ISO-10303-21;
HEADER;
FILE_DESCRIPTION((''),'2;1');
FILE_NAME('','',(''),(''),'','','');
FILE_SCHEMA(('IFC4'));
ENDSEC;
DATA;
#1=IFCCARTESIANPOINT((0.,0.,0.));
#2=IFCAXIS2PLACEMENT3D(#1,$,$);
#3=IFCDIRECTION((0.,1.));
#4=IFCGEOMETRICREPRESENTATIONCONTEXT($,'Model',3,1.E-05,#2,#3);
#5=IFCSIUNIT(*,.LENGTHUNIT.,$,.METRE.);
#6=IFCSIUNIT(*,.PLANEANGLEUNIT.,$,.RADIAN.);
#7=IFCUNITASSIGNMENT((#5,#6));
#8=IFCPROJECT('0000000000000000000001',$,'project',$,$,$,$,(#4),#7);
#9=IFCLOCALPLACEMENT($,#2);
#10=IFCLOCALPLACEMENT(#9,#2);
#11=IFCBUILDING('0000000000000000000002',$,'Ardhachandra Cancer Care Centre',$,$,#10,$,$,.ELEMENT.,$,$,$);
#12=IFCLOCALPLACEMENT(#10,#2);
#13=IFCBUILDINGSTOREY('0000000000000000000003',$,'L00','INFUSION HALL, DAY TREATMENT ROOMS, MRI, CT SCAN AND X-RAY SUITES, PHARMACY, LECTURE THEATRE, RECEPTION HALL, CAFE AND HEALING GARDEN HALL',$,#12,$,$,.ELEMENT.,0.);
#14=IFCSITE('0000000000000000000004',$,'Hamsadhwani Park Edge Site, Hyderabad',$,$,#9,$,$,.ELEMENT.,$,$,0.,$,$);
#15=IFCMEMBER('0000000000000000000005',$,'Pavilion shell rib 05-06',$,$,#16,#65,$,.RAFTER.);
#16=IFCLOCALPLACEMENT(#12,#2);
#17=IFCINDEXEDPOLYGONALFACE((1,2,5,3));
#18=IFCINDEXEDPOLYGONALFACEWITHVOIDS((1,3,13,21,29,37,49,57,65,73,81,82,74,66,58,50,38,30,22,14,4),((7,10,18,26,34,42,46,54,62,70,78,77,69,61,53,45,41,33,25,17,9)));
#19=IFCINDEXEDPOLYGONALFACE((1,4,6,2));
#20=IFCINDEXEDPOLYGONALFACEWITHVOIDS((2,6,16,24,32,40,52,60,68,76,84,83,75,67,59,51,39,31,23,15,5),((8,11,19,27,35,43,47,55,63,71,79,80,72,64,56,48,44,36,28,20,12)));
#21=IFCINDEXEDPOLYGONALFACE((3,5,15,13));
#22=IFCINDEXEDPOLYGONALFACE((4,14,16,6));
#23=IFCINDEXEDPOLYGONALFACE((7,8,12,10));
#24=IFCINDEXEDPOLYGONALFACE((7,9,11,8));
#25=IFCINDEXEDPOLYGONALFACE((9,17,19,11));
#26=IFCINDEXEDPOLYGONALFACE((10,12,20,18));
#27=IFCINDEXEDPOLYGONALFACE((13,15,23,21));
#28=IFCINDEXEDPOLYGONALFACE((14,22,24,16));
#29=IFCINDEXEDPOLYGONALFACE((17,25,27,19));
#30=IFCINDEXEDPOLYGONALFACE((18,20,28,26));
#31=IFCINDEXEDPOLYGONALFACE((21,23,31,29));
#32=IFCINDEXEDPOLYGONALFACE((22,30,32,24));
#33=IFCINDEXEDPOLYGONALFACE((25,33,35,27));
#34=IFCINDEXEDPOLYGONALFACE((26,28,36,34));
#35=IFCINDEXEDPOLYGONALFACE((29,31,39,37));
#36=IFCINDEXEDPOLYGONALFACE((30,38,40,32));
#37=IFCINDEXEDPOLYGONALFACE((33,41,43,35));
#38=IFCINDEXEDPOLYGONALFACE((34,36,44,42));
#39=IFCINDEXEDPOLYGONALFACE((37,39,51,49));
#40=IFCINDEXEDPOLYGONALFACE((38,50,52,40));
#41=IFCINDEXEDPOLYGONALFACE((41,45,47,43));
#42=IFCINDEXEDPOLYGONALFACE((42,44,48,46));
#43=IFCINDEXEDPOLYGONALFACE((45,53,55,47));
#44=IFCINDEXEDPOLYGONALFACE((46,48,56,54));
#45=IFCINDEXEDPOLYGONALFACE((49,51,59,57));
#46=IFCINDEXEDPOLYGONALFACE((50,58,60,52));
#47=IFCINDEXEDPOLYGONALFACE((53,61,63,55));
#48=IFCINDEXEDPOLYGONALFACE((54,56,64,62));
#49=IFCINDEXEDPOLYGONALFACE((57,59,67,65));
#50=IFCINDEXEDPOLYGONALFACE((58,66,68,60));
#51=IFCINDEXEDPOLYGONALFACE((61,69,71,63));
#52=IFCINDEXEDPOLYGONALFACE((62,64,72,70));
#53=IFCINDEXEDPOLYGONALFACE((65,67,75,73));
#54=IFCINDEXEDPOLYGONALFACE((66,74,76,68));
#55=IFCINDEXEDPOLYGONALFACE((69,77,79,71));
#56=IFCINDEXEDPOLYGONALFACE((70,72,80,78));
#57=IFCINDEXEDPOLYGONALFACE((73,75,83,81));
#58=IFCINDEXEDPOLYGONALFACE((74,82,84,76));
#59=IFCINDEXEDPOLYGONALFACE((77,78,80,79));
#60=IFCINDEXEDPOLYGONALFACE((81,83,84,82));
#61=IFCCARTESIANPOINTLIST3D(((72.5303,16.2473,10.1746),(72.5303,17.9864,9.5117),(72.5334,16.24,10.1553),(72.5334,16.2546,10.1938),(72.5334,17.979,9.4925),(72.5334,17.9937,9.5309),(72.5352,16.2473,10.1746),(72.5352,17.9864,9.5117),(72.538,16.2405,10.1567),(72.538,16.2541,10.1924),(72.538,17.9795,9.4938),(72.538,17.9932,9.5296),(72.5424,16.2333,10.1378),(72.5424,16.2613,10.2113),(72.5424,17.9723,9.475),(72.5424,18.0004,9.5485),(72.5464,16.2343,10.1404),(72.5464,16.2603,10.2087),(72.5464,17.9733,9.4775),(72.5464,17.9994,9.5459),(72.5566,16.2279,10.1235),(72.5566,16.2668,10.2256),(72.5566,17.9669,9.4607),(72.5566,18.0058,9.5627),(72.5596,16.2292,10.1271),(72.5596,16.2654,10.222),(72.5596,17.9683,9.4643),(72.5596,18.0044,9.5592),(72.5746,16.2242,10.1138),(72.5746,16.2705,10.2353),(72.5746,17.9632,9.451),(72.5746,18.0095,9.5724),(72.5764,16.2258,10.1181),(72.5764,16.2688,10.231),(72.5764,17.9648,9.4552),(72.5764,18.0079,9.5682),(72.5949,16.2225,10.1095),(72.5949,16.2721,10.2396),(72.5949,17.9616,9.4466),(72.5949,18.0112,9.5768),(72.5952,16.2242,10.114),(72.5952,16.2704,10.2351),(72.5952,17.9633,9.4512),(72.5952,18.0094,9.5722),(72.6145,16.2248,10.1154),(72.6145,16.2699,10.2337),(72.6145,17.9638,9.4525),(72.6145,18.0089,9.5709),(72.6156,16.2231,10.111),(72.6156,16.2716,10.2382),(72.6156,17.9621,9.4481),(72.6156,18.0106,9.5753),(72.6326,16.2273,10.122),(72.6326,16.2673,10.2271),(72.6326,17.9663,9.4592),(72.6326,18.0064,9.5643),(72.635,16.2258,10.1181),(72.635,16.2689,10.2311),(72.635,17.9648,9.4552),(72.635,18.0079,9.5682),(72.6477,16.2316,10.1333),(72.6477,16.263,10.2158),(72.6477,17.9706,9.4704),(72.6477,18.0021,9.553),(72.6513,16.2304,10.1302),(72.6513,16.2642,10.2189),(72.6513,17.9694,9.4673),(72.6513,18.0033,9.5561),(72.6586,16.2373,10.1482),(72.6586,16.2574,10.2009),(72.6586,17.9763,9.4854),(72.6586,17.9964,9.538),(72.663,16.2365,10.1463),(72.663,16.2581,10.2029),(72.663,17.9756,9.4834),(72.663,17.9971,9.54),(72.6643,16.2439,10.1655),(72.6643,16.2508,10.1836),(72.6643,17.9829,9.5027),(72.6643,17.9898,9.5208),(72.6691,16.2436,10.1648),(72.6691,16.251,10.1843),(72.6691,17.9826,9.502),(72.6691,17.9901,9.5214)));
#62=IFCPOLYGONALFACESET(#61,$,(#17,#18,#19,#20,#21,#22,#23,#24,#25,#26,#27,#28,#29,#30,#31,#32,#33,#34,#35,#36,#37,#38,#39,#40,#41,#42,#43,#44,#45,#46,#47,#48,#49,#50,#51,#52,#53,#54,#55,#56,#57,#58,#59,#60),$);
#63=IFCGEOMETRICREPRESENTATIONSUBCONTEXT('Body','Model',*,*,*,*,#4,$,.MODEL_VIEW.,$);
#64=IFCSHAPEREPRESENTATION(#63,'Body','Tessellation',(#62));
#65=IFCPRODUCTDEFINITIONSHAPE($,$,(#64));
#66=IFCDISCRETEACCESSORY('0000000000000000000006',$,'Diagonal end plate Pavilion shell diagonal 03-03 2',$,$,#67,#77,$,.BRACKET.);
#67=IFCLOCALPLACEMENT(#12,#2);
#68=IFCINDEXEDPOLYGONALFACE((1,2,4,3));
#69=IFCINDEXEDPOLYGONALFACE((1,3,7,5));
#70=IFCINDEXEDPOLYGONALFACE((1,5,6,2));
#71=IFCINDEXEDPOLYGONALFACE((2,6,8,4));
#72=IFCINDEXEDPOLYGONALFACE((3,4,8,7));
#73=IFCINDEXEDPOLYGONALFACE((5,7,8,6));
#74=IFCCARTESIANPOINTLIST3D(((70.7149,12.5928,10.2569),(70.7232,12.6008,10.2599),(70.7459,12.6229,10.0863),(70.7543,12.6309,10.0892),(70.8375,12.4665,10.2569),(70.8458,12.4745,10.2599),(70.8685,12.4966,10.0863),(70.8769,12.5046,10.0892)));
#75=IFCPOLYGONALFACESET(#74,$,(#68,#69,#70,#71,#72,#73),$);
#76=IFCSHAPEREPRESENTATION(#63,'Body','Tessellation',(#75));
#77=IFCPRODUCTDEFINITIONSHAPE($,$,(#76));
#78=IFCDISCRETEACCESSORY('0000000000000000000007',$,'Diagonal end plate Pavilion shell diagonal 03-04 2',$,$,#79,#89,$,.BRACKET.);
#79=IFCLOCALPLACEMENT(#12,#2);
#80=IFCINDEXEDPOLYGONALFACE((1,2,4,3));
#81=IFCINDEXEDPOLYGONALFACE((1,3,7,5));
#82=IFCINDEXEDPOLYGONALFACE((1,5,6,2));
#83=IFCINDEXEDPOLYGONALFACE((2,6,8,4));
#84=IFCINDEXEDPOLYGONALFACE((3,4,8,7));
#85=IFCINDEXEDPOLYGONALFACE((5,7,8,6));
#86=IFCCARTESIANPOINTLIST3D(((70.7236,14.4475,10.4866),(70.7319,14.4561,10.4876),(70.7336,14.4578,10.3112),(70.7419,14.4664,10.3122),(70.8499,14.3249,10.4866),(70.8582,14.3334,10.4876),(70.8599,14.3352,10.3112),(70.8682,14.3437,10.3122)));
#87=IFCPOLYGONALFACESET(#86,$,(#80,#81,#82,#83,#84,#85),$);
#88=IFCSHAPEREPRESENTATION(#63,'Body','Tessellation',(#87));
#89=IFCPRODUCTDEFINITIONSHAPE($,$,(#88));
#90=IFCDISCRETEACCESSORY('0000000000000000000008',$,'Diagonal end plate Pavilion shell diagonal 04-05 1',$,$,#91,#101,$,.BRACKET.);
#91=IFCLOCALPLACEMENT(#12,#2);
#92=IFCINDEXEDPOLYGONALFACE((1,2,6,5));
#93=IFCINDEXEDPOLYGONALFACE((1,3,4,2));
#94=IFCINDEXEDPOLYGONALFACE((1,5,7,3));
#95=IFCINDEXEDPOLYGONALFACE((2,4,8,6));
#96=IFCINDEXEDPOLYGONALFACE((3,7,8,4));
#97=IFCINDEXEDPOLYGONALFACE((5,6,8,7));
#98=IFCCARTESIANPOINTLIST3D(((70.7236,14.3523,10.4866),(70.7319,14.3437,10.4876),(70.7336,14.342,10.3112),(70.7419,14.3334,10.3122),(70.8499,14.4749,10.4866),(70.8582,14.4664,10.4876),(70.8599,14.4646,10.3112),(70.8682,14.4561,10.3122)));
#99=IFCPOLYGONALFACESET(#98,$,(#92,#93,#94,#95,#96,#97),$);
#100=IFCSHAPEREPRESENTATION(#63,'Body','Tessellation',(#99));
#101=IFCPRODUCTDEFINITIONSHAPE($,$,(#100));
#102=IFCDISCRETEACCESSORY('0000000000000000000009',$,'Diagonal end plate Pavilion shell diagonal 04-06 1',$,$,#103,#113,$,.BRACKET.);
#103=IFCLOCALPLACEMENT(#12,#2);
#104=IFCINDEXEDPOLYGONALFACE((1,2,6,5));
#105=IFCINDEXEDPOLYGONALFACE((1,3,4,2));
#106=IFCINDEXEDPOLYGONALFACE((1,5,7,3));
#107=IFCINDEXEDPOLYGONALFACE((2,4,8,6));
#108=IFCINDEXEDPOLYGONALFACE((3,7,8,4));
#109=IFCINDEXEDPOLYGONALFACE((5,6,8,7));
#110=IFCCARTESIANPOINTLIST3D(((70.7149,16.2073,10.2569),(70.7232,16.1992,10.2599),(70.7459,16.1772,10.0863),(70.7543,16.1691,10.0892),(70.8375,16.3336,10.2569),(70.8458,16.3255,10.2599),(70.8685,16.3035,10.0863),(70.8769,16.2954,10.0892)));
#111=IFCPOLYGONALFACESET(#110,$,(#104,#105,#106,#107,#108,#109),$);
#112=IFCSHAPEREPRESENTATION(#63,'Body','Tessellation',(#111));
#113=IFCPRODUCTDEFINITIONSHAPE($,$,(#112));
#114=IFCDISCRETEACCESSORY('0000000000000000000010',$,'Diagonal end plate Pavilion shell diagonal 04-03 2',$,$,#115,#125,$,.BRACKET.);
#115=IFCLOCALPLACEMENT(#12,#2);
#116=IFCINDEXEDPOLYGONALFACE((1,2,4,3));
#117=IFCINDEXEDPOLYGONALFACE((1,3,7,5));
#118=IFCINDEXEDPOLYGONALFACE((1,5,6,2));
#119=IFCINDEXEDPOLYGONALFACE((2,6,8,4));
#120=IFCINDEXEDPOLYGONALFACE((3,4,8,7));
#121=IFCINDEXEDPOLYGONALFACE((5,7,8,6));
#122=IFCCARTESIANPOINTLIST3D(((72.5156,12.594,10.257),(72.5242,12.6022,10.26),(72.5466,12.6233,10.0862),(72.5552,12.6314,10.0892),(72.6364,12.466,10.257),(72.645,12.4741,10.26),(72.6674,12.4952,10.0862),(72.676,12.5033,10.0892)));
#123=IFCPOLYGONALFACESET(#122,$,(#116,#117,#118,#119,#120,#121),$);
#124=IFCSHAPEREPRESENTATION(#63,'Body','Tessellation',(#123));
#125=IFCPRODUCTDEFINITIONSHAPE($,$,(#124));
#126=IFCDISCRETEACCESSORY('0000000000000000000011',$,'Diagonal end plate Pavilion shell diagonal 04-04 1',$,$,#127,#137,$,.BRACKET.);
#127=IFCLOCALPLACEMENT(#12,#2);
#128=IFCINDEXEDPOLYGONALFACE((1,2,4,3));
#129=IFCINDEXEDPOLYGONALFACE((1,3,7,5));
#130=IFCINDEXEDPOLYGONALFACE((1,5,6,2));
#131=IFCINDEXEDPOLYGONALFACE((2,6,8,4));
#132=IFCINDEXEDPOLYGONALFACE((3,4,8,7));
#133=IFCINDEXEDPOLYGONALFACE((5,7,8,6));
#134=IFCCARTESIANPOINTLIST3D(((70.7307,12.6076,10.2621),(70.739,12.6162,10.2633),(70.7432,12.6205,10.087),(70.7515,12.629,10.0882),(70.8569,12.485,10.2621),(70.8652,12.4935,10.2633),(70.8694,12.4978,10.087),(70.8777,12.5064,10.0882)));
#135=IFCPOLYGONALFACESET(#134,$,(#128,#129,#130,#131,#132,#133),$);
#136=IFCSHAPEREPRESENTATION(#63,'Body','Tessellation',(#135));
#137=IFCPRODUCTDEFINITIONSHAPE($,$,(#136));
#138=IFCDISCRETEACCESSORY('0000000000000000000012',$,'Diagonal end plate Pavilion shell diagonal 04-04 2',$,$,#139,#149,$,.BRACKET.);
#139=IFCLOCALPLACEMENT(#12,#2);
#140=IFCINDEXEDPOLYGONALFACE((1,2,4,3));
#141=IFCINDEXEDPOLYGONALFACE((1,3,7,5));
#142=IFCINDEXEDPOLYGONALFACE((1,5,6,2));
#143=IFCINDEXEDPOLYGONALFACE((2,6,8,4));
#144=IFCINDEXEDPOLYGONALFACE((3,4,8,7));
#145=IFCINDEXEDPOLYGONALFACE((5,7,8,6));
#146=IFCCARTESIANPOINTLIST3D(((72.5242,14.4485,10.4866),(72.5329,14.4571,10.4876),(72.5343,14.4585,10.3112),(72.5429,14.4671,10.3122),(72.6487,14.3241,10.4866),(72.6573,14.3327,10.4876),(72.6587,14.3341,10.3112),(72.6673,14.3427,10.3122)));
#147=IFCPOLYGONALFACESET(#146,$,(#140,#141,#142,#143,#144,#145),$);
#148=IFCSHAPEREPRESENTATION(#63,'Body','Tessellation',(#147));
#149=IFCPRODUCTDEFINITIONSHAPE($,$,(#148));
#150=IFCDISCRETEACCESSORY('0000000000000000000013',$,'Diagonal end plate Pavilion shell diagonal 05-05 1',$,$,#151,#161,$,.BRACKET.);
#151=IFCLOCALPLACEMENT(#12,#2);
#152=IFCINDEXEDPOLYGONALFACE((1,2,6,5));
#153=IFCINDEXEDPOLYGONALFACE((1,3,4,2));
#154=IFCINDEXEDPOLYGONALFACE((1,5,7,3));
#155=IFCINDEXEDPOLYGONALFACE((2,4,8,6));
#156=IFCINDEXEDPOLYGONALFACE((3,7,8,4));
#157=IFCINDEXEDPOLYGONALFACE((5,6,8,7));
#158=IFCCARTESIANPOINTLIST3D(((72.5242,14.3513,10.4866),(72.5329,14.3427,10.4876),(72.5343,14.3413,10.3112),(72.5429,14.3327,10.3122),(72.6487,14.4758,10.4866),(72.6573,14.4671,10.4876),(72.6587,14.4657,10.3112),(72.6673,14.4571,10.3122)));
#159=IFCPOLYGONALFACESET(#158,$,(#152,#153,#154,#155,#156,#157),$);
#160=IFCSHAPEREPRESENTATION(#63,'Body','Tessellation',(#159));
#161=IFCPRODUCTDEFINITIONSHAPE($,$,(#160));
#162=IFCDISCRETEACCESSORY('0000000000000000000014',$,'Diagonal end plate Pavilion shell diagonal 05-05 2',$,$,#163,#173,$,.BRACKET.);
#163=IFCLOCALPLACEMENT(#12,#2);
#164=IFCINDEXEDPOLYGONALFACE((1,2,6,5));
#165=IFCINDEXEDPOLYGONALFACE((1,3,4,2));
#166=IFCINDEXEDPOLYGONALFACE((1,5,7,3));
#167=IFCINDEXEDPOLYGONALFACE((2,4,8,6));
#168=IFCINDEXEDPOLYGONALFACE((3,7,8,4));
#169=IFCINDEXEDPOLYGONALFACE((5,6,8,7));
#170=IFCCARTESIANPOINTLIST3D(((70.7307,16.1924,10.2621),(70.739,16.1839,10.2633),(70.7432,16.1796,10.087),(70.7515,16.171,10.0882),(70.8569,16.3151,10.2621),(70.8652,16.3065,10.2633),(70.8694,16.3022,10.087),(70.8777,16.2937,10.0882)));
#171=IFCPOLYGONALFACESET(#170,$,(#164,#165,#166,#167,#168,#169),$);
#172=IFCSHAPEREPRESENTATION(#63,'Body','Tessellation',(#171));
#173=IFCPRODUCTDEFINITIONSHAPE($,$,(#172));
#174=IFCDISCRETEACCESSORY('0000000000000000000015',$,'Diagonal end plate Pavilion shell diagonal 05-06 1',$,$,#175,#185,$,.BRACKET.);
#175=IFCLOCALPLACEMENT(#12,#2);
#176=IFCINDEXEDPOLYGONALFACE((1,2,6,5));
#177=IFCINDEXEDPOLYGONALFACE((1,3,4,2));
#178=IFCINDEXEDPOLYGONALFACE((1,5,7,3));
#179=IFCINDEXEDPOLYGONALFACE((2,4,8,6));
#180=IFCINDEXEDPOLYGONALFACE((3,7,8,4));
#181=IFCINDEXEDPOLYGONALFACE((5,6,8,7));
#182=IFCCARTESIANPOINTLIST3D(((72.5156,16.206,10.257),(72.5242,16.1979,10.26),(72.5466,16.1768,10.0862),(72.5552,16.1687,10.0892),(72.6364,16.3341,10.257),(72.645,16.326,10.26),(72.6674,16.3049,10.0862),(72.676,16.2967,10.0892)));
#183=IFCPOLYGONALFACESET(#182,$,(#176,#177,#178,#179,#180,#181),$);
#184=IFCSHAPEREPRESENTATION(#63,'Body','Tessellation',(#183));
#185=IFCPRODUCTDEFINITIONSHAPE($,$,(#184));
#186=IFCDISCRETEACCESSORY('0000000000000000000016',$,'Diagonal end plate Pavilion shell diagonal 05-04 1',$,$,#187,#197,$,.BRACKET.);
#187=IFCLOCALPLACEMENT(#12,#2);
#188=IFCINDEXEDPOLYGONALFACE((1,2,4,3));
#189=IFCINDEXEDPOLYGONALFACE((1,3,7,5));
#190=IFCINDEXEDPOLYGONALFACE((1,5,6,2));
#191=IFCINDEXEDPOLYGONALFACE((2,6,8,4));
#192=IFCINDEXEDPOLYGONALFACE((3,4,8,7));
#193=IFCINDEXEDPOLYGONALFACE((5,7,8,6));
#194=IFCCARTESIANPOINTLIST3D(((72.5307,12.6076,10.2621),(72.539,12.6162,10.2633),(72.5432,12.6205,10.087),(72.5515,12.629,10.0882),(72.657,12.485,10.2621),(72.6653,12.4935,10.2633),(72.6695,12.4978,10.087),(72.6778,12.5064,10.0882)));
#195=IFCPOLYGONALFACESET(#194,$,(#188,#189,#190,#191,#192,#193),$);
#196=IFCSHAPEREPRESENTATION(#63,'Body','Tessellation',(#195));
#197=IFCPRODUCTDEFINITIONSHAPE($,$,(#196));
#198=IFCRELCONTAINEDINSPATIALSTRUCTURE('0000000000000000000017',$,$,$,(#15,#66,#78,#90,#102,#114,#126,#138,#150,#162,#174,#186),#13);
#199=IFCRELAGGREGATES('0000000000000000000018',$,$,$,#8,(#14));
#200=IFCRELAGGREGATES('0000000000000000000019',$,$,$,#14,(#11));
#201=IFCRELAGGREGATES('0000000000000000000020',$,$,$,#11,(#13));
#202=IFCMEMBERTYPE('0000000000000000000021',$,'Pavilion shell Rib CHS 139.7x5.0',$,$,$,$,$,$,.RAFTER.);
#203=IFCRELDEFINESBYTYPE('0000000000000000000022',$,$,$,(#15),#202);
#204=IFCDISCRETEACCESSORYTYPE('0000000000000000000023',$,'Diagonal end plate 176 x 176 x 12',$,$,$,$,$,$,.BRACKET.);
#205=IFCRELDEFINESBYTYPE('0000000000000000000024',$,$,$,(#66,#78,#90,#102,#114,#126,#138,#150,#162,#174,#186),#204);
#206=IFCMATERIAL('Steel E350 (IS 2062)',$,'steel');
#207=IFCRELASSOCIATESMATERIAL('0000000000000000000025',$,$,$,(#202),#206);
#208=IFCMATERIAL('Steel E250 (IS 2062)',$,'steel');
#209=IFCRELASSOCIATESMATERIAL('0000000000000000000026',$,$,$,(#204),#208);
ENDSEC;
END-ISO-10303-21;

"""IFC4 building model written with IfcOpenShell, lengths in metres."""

from ifc_helpers import new_model, si_unit, direction, frame, origin, origin_2d, place, context, subcontext, project, spatial, rectangle, hollow_circle, extrude, material, material_profile, profile_set, type_object, element, save


model = new_model("IFC4")

# Units and contexts
model_context = context("Model", 3, precision=1e-05, world=origin(), true_north=direction((0.0, 1.0)))
body_context = subcontext(model_context, "Body", "Model", "MODEL_VIEW")
ifc_project = project(units=[si_unit("LENGTHUNIT", "METRE"), si_unit("PLANEANGLEUNIT", "RADIAN")], contexts=[model_context])

# Site, building, storey
site_placement = place(None, origin())
site = spatial("IfcSite", under=ifc_project, at=site_placement, Name="Hamsadhwani Park Edge Site, Hyderabad", CompositionType="ELEMENT", RefElevation=0.0)
building_placement = place(site_placement, origin())
building = spatial("IfcBuilding", under=site, at=building_placement, Name="Ardhachandra Cancer Care Centre", CompositionType="ELEMENT")
storey_placement = place(building_placement, origin())
storey = spatial("IfcBuildingStorey", under=building, at=storey_placement, Name="L00", Description="INFUSION HALL, DAY TREATMENT ROOMS, MRI, CT SCAN AND X-RAY SUITES, PHARMACY, LECTURE THEATRE, RECEPTION HALL, CAFE AND HEALING GARDEN HALL", CompositionType="ELEMENT", Elevation=0.0)

# Member
ifc_material_1 = material(Name="Steel E350 (IS 2062)", Category="steel")
ifc_material_profile_1 = material_profile(ifc_material_1, hollow_circle(Radius=0.0698, WallThickness=0.0049, at=origin_2d()), Name="CHS 139.7x5.0")
ifc_profile_set_1 = profile_set([ifc_material_profile_1], Name="Steel E350 (IS 2062)")
member_type_1 = type_object("IfcMemberType", Name="Pavilion shell Rib CHS 139.7x5.0", PredefinedType="RAFTER", material=ifc_profile_set_1)
for number, where, z_axis, x_axis, name in (
    (1, (72.6001, 16.2473, 10.1746), (0.0, 0.934423, -0.356164), (-1.0, 0.0, 0.0), "Pavilion shell rib 05-06"),
):
    element("IfcMember", number, at=place(storey_placement, frame(where, z_axis=z_axis, x_axis=x_axis)), inside=storey, type_object=member_type_1, Name=name, PredefinedType="RAFTER", context=body_context, shape_type="SweptSolid", body=[
        extrude(hollow_circle(Radius=0.0698, WallThickness=0.0049, at=origin_2d()), origin(), (0.0, 0.0, 1.0), 1.8611),
    ])

# Discrete accessories
ifc_material_2 = material(Name="Steel E250 (IS 2062)", Category="steel")
ifc_material_profile_2 = material_profile(ifc_material_2, rectangle(XDim=0.176, YDim=0.176, at=origin_2d()), Name="PL 176x176x12")
ifc_profile_set_2 = profile_set([ifc_material_profile_2], Name="Steel E250 (IS 2062)")
discrete_accessory_type = type_object("IfcDiscreteAccessoryType", Name="Diagonal end plate 176 x 176 x 12", PredefinedType="BRACKET", material=ifc_profile_set_2)
for number, where, z_axis, x_axis, name in (
    (2, (70.8, 12.5527, 10.1746), (-0.695618, -0.675159, -0.245512), (0.696475, -0.717581, 0.0), "Diagonal end plate Pavilion shell diagonal 03-03 2"),
    (3, (70.8, 14.3999, 10.3999), (-0.694456, -0.714881, -0.081701), (0.717279, -0.696786, 0.0), "Diagonal end plate Pavilion shell diagonal 03-04 2"),
    (4, (70.8, 14.3999, 10.3999), (-0.694456, 0.714881, -0.081701), (-0.717279, -0.696786, 0.0), "Diagonal end plate Pavilion shell diagonal 04-05 1"),
    (5, (70.8, 16.2473, 10.1746), (-0.695618, 0.675159, -0.245512), (-0.696475, -0.717581, 0.0), "Diagonal end plate Pavilion shell diagonal 04-06 1"),
):
    element("IfcDiscreteAccessory", number, at=place(storey_placement, frame(where, z_axis=z_axis, x_axis=x_axis)), inside=storey, type_object=discrete_accessory_type, Name=name, PredefinedType="BRACKET", context=body_context, shape_type="SweptSolid", body=[
        extrude(rectangle(XDim=0.176, YDim=0.176, at=origin_2d()), origin(), (0.0, 0.0, 1.0), 0.012),
    ])
discrete_accessory_1_placement = place(storey_placement, frame((72.6001, 12.5527, 10.1746), z_axis=(-0.705955, -0.665615, -0.242042), x_axis=(0.686013, -0.727589, 0.0)))
element("IfcDiscreteAccessory", 6, at=discrete_accessory_1_placement, inside=storey, type_object=discrete_accessory_type, Name="Diagonal end plate Pavilion shell diagonal 04-03 2", PredefinedType="BRACKET", context=body_context, shape_type="SweptSolid", body=[
    extrude(rectangle(XDim=0.176, YDim=0.176, at=origin_2d()), origin(), (0.0, 0.0, 1.0), 0.0122),
])
discrete_accessory_2_placement = place(storey_placement, frame((70.8, 12.5527, 10.1746), z_axis=(0.693156, 0.713543, 0.101935), x_axis=(-0.717279, 0.696786, 0.0)))
element("IfcDiscreteAccessory", 7, at=discrete_accessory_2_placement, inside=storey, type_object=discrete_accessory_type, Name="Diagonal end plate Pavilion shell diagonal 04-04 1", PredefinedType="BRACKET", context=body_context, shape_type="SweptSolid", body=[
    extrude(rectangle(XDim=0.176, YDim=0.176, at=origin_2d()), origin(), (0.0, 0.0, 1.0), 0.012),
])
for number, where, z_axis, x_axis, name in (
    (8, (72.6001, 14.3999, 10.3999), (-0.704809, -0.704809, -0.08055), (0.707107, -0.707107, 0.0), "Diagonal end plate Pavilion shell diagonal 04-04 2"),
    (9, (72.6001, 14.3999, 10.3999), (-0.704809, 0.704809, -0.08055), (-0.707107, -0.707107, 0.0), "Diagonal end plate Pavilion shell diagonal 05-05 1"),
):
    element("IfcDiscreteAccessory", number, at=place(storey_placement, frame(where, z_axis=z_axis, x_axis=x_axis)), inside=storey, type_object=discrete_accessory_type, Name=name, PredefinedType="BRACKET", context=body_context, shape_type="SweptSolid", body=[
        extrude(rectangle(XDim=0.176, YDim=0.176, at=origin_2d()), origin(), (0.0, 0.0, 1.0), 0.0122),
    ])
discrete_accessory_3_placement = place(storey_placement, frame((70.8, 16.2473, 10.1746), z_axis=(0.693156, -0.713543, 0.101935), x_axis=(0.717279, 0.696786, 0.0)))
element("IfcDiscreteAccessory", 10, at=discrete_accessory_3_placement, inside=storey, type_object=discrete_accessory_type, Name="Diagonal end plate Pavilion shell diagonal 05-05 2", PredefinedType="BRACKET", context=body_context, shape_type="SweptSolid", body=[
    extrude(rectangle(XDim=0.176, YDim=0.176, at=origin_2d()), origin(), (0.0, 0.0, 1.0), 0.012),
])
discrete_accessory_4_placement = place(storey_placement, frame((72.6001, 16.2473, 10.1746), z_axis=(-0.705955, 0.665615, -0.242042), x_axis=(-0.686013, -0.727589, 0.0)))
element("IfcDiscreteAccessory", 11, at=discrete_accessory_4_placement, inside=storey, type_object=discrete_accessory_type, Name="Diagonal end plate Pavilion shell diagonal 05-06 1", PredefinedType="BRACKET", context=body_context, shape_type="SweptSolid", body=[
    extrude(rectangle(XDim=0.176, YDim=0.176, at=origin_2d()), origin(), (0.0, 0.0, 1.0), 0.0122),
])
for number, where, z_axis, x_axis, name in (
    (12, (72.6001, 12.5527, 10.1746), (0.693156, 0.713543, 0.101935), (-0.717279, 0.696786, 0.0), "Diagonal end plate Pavilion shell diagonal 05-04 1"),
):
    element("IfcDiscreteAccessory", number, at=place(storey_placement, frame(where, z_axis=z_axis, x_axis=x_axis)), inside=storey, type_object=discrete_accessory_type, Name=name, PredefinedType="BRACKET", context=body_context, shape_type="SweptSolid", body=[
        extrude(rectangle(XDim=0.176, YDim=0.176, at=origin_2d()), origin(), (0.0, 0.0, 1.0), 0.012),
    ])

save(model, "model.ifc")
